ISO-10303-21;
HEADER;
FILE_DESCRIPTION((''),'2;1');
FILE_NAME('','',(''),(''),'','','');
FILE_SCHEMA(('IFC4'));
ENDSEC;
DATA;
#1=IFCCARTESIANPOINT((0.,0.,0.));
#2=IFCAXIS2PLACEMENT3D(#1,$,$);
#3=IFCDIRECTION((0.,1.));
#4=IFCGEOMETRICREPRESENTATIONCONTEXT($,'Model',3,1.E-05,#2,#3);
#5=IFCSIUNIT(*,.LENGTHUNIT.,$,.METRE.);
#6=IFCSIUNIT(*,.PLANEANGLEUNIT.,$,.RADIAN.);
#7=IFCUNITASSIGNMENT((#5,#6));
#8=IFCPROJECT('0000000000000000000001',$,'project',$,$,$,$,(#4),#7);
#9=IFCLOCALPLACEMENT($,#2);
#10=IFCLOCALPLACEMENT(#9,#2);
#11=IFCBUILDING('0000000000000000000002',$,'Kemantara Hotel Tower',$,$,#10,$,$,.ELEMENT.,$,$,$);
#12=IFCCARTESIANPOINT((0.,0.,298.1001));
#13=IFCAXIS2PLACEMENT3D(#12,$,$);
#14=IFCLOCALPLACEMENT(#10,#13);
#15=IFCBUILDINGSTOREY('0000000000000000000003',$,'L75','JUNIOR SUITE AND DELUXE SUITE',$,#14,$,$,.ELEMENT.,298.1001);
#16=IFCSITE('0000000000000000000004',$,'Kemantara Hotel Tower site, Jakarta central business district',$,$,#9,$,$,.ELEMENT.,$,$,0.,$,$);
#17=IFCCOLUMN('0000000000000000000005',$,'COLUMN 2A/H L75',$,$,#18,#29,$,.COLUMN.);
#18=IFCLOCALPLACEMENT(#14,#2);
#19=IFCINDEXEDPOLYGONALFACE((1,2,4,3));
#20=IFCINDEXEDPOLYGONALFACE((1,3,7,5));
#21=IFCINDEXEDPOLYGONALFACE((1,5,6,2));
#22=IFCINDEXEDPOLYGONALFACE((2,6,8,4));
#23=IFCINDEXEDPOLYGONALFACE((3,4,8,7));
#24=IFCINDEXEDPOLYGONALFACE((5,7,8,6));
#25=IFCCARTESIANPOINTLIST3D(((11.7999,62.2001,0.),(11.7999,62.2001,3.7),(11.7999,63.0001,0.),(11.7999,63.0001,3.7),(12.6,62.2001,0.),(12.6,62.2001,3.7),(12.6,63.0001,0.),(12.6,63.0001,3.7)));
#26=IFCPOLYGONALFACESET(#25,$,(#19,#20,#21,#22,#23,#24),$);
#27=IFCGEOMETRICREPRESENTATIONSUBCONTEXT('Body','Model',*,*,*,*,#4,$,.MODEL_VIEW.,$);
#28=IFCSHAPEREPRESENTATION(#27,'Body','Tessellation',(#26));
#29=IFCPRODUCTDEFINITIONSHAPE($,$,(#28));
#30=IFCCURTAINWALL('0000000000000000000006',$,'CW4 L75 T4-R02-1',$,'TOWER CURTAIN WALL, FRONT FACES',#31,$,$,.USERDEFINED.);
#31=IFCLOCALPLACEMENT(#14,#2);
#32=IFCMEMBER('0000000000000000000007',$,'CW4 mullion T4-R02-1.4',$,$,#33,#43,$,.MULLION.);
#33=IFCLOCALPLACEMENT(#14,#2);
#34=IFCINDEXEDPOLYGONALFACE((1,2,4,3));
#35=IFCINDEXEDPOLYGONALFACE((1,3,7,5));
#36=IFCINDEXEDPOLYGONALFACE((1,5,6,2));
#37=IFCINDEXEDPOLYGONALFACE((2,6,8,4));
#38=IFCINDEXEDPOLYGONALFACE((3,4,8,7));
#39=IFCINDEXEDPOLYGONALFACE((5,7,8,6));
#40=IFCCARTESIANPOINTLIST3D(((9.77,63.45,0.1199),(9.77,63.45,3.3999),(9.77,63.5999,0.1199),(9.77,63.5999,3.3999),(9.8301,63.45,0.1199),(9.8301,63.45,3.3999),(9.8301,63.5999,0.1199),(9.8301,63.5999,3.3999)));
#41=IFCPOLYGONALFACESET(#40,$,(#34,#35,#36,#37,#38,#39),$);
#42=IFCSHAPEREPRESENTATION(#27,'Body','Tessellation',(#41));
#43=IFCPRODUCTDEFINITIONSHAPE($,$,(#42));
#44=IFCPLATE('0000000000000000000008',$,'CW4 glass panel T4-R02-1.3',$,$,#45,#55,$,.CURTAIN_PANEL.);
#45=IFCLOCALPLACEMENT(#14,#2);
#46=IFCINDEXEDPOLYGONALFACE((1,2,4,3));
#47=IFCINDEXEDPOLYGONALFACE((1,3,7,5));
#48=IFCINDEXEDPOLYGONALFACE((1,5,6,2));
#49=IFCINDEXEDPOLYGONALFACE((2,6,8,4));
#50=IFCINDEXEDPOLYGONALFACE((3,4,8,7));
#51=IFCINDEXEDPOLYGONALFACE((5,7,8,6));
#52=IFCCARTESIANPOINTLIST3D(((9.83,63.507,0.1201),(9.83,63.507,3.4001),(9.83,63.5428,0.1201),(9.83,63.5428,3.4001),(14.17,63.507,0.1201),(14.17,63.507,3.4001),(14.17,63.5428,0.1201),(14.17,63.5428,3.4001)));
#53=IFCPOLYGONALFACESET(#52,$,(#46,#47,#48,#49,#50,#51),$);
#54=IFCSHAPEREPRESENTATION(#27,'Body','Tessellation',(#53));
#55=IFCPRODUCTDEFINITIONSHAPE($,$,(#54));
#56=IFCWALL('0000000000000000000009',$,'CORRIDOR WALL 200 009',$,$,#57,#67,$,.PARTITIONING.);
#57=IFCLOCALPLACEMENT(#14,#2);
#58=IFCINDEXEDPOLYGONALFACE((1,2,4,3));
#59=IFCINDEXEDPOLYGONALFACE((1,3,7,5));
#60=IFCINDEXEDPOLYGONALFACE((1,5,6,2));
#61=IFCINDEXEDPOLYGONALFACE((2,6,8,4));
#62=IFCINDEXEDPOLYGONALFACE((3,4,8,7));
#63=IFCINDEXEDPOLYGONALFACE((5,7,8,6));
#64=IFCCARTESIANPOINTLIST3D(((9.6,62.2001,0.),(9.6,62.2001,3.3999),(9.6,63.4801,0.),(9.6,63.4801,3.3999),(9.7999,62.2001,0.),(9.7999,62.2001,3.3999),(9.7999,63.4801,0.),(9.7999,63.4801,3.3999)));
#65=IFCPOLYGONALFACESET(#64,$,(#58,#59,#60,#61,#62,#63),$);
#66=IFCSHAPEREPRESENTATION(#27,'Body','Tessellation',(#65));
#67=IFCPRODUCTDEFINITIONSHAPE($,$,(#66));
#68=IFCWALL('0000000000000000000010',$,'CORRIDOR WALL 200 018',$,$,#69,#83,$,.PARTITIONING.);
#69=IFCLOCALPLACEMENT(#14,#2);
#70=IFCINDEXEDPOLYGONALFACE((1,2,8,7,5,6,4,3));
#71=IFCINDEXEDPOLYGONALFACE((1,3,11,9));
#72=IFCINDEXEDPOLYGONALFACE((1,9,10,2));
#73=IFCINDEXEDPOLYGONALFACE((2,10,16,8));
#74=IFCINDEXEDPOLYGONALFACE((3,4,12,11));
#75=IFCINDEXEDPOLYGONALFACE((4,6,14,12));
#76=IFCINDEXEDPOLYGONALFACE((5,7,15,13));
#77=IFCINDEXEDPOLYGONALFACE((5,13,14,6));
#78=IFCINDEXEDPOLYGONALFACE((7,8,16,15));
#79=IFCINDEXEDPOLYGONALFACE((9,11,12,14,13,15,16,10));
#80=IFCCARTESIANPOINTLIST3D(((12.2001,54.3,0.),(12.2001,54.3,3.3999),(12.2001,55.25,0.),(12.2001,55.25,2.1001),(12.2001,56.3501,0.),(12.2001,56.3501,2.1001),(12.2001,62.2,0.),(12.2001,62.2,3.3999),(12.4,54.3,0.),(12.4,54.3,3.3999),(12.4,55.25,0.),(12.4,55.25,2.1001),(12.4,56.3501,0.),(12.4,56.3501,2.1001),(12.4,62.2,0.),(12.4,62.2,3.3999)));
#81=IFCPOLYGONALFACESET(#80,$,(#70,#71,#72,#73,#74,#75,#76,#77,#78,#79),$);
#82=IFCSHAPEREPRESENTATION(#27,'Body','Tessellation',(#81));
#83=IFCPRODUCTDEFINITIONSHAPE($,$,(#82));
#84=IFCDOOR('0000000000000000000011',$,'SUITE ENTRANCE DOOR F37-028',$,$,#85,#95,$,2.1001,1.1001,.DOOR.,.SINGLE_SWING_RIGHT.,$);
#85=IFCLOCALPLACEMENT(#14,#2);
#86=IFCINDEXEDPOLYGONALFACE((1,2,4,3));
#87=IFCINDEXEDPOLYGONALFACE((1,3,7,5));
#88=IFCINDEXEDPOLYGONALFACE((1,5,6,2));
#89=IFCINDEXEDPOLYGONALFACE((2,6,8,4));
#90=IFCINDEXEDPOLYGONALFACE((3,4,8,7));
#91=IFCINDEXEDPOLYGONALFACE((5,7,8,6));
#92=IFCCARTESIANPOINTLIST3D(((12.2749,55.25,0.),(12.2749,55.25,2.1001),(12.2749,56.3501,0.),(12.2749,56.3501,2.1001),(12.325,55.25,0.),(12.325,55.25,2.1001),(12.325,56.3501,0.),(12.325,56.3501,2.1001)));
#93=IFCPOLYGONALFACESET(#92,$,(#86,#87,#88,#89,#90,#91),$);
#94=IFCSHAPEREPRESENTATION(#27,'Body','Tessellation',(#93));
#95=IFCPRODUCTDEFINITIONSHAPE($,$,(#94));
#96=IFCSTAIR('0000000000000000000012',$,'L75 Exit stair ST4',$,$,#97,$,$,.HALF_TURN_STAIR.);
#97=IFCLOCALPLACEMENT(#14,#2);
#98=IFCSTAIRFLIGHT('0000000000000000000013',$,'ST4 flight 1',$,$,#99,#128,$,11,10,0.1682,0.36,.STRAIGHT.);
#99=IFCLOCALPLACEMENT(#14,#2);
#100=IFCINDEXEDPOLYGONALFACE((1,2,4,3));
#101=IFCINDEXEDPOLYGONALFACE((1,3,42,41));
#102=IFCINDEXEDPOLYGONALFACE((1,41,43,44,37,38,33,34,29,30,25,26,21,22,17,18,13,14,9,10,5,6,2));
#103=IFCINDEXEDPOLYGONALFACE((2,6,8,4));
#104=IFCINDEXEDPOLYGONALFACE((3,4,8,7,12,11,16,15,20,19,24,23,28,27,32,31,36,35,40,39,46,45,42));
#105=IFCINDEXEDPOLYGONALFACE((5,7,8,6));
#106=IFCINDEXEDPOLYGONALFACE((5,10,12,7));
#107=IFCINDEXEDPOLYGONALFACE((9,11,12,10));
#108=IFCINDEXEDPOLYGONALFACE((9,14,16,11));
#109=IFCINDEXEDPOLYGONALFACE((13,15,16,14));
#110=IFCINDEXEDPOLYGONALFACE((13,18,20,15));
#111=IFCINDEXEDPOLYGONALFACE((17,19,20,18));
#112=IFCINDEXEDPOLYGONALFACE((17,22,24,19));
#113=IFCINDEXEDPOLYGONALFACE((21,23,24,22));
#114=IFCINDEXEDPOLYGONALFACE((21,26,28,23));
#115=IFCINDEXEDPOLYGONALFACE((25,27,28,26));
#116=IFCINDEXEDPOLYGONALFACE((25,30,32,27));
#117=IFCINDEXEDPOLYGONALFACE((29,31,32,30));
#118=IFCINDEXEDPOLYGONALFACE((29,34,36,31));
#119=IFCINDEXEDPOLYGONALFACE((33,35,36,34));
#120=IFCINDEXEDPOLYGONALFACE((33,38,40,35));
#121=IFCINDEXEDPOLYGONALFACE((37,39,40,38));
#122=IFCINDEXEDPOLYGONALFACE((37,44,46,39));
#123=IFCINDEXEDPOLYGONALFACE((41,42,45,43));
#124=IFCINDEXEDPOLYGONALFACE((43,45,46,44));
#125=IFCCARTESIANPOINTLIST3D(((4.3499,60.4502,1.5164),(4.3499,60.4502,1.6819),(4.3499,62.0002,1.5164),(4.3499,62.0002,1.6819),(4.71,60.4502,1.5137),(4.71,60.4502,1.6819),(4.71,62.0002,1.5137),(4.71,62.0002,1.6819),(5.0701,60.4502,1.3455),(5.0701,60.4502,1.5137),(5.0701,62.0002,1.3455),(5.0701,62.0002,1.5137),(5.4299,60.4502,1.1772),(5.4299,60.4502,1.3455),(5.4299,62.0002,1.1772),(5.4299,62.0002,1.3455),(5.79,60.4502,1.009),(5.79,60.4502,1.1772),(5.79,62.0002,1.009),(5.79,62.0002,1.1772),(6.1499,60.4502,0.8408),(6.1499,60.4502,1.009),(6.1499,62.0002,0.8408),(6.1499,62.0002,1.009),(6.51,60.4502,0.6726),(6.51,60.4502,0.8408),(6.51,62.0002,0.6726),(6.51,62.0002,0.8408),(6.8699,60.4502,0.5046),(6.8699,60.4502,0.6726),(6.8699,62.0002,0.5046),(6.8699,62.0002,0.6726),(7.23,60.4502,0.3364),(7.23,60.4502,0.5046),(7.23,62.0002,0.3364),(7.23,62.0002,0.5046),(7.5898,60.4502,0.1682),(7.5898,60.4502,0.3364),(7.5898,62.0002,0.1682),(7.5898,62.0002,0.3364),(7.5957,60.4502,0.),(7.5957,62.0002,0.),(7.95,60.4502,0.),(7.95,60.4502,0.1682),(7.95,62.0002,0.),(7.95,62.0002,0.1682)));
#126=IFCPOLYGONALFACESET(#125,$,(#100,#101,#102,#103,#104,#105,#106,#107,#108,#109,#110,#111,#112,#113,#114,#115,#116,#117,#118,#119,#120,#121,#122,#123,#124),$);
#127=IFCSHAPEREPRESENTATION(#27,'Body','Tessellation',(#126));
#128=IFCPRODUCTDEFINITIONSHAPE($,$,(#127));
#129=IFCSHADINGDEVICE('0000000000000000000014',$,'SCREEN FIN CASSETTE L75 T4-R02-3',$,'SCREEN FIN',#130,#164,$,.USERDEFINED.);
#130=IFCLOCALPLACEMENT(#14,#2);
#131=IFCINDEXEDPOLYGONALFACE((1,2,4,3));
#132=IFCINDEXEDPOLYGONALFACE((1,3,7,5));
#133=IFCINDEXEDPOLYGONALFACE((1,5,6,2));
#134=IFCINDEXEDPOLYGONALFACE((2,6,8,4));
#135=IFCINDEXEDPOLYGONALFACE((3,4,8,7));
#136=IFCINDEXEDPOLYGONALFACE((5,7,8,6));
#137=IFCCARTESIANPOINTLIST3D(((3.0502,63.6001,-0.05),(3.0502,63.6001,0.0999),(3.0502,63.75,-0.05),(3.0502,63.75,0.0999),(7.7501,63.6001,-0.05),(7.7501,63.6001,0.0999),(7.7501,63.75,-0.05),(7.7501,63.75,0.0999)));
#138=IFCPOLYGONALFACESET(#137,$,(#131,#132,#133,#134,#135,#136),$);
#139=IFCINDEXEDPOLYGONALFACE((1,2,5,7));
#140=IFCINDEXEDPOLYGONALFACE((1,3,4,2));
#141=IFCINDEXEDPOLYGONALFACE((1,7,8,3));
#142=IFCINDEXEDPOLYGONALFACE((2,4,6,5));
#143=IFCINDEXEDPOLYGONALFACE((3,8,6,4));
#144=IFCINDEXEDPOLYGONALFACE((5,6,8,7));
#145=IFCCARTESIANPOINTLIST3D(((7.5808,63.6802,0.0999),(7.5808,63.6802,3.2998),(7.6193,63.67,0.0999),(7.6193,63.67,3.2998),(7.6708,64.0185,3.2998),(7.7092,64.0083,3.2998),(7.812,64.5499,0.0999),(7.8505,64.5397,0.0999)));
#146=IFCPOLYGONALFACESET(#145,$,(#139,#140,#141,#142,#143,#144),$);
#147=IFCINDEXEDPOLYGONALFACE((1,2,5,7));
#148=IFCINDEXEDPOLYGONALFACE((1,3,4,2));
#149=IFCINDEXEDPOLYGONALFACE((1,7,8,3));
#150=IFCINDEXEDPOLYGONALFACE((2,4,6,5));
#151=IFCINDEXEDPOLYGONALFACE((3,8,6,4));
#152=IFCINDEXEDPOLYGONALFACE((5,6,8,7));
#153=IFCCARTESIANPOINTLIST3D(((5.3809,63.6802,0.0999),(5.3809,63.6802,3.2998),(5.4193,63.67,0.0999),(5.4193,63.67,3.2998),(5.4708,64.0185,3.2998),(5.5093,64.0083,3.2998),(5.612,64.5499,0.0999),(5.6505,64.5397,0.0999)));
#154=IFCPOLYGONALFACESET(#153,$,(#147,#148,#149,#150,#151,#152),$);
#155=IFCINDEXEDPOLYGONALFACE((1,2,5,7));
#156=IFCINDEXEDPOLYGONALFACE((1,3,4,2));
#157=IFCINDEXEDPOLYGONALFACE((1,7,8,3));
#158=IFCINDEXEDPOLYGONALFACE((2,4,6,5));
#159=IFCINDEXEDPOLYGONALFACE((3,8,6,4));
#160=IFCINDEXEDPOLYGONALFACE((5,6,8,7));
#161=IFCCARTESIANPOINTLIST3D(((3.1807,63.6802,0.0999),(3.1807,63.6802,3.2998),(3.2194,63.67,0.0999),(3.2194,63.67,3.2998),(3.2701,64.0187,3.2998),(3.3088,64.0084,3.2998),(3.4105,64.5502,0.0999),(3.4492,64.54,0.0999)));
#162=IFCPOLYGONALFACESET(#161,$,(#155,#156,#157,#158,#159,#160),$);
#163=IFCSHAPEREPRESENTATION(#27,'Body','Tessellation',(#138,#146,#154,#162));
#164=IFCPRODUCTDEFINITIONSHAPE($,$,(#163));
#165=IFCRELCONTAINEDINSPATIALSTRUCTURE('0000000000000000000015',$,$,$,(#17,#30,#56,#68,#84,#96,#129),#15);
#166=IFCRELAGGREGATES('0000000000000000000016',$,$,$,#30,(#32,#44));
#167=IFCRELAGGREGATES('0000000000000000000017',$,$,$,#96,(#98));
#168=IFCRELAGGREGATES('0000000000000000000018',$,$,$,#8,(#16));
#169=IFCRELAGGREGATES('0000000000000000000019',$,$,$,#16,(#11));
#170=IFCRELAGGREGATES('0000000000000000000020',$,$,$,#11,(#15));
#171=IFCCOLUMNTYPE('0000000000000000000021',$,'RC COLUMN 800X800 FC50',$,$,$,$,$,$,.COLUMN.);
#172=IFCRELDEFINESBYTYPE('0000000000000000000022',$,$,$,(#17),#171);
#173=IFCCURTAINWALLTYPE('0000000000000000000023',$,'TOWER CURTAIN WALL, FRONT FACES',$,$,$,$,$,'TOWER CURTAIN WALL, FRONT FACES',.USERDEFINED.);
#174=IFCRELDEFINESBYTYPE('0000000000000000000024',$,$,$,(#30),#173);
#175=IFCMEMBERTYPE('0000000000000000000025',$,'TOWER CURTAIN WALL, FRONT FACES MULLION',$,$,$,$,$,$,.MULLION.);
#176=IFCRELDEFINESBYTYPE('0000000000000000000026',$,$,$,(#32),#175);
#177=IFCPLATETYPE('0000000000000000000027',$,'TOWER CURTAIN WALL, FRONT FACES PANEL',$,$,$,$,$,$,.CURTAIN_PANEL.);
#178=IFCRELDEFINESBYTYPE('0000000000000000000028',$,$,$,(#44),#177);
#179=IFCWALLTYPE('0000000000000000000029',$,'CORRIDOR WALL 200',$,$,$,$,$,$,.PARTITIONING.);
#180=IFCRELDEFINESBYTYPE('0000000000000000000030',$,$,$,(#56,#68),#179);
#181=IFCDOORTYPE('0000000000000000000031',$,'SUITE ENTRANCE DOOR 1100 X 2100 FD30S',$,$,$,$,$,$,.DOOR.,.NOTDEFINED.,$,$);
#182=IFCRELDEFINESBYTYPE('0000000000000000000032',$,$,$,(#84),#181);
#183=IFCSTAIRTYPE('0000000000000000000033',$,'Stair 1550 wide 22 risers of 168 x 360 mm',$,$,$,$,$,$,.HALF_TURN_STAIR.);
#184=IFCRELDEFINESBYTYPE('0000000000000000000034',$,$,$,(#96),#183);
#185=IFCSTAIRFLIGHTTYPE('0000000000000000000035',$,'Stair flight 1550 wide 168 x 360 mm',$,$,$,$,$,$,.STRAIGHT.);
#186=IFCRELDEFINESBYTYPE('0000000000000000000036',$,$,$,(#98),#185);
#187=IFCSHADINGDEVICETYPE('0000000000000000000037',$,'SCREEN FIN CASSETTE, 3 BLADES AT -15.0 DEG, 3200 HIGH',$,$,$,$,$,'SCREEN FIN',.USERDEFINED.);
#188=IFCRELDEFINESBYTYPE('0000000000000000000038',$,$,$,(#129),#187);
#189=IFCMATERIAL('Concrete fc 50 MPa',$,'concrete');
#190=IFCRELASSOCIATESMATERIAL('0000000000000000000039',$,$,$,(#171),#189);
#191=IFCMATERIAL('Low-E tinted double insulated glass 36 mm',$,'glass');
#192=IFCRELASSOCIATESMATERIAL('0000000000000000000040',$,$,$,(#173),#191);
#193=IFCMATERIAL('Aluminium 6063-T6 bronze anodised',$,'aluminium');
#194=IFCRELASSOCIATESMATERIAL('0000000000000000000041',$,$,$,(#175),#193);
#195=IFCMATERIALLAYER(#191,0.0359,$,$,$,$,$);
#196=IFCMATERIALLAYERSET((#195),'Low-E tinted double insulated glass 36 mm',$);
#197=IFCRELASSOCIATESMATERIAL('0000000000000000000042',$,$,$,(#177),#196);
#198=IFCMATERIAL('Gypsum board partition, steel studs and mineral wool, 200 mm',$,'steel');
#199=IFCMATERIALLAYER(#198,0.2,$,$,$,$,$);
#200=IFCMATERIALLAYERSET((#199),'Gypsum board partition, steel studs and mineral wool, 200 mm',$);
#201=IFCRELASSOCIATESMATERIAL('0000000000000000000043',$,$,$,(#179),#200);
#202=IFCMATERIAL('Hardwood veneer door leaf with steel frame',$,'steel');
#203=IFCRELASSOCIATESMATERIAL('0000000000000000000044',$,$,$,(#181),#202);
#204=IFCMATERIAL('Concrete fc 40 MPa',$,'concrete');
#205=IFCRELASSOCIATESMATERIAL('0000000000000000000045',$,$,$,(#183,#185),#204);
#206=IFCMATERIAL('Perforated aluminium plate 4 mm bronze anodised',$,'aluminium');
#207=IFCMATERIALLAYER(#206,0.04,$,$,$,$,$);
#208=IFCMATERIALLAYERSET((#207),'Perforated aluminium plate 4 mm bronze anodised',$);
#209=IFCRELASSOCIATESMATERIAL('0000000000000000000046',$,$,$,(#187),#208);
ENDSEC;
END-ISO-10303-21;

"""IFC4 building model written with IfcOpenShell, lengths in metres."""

from ifc_helpers import new_model, si_unit, direction, frame, frame_2d, origin, origin_2d, place, context, subcontext, project, spatial, polyline, rectangle, outline, extrude, source, transform, mapped, material, layer, layer_set, material_profile, profile_set, type_object, element, fill, aggregate, save


model = new_model("IFC4")

# Units and contexts
model_context = context("Model", 3, precision=1e-05, world=origin(), true_north=direction((0.0, 1.0)))
body_context = subcontext(model_context, "Body", "Model", "MODEL_VIEW")
ifc_project = project(units=[si_unit("LENGTHUNIT", "METRE"), si_unit("PLANEANGLEUNIT", "RADIAN")], contexts=[model_context])

# Site, building, storey
site_placement = place(None, origin())
site = spatial("IfcSite", under=ifc_project, at=site_placement, Name="Kemantara Hotel Tower site, Jakarta central business district", CompositionType="ELEMENT", RefElevation=0.0)
building_placement = place(site_placement, origin())
building = spatial("IfcBuilding", under=site, at=building_placement, Name="Kemantara Hotel Tower", CompositionType="ELEMENT")
storey_placement = place(building_placement, frame((0.0, 0.0, 298.1001)))
storey = spatial("IfcBuildingStorey", under=building, at=storey_placement, Name="L75", Description="JUNIOR SUITE AND DELUXE SUITE", CompositionType="ELEMENT", Elevation=298.1001)

# Column
ifc_material_1 = material(Name="Concrete fc 50 MPa", Category="concrete")
ifc_material_profile_1 = material_profile(ifc_material_1, rectangle(XDim=0.8, YDim=0.8, at=origin_2d()), Name="RC 800X800")
ifc_profile_set_1 = profile_set([ifc_material_profile_1], Name="Concrete fc 50 MPa")
column_type = type_object("IfcColumnType", Name="RC COLUMN 800X800 FC50", PredefinedType="COLUMN", material=ifc_profile_set_1)
column_placement = place(storey_placement, frame((12.2, 62.6001, 0.0), z_axis=(0.0, 0.0, 1.0), x_axis=(1.0, 0.0, 0.0)))
element("IfcColumn", 1, at=column_placement, inside=storey, type_object=column_type, Name="COLUMN 2A/H L75", PredefinedType="COLUMN", context=body_context, shape_type="SweptSolid", body=[
    extrude(rectangle(XDim=0.8, YDim=0.8, at=origin_2d()), origin(), (0.0, 0.0, 1.0), 3.7),
])

# Curtain wall, member, plate
ifc_material_2 = material(Name="Low-E tinted double insulated glass 36 mm", Category="glass")
curtain_wall_type = type_object("IfcCurtainWallType", Name="TOWER CURTAIN WALL, FRONT FACES", ElementType="TOWER CURTAIN WALL, FRONT FACES", PredefinedType="USERDEFINED", material=ifc_material_2)
curtain_wall_placement = place(storey_placement, origin())
curtain_wall = element("IfcCurtainWall", 2, at=curtain_wall_placement, inside=storey, type_object=curtain_wall_type, Name="CW4 L75 T4-R02-1", ObjectType="TOWER CURTAIN WALL, FRONT FACES", PredefinedType="USERDEFINED")
ifc_material_3 = material(Name="Aluminium 6063-T6 bronze anodised", Category="aluminium")
ifc_material_profile_2 = material_profile(ifc_material_3, rectangle(XDim=0.1499, YDim=0.0601, at=origin_2d()), Name="TOWER CURTAIN WALL, FRONT FACES MULLION")
ifc_profile_set_2 = profile_set([ifc_material_profile_2], Name="Aluminium 6063-T6 bronze anodised")
member_type = type_object("IfcMemberType", Name="TOWER CURTAIN WALL, FRONT FACES MULLION", PredefinedType="MULLION", material=ifc_profile_set_2)
shared_shape_1 = source(origin(), body_context, "Body", "SweptSolid", [
    extrude(rectangle(XDim=0.1499, YDim=0.0601, at=origin_2d()), origin(), (0.0, 0.0, 1.0), 3.28),
])
member_placement = place(storey_placement, frame((9.8, 63.5249, 0.1199), z_axis=(0.0, 0.0, 1.0), x_axis=(0.0, -1.0, 0.0)))
member = element("IfcMember", 3, at=member_placement, type_object=member_type, Name="CW4 mullion T4-R02-1.4", PredefinedType="MULLION", context=body_context, shape_type="MappedRepresentation", body=[
    mapped(shared_shape_1, transform((0.0, 0.0, 0.0))),
])
ifc_layer_1 = layer(ifc_material_2, 0.0359)
ifc_layer_set_1 = layer_set([ifc_layer_1], Name="Low-E tinted double insulated glass 36 mm")
plate_type = type_object("IfcPlateType", Name="TOWER CURTAIN WALL, FRONT FACES PANEL", PredefinedType="CURTAIN_PANEL", material=ifc_layer_set_1)
shared_shape_2 = source(origin(), body_context, "Body", "SweptSolid", [
    extrude(rectangle(XDim=4.3401, YDim=0.0359, at=origin_2d()), origin(), (0.0, 0.0, 1.0), 3.28),
])
plate_placement = place(storey_placement, frame((12.0, 63.5249, 0.1201), z_axis=(0.0, 0.0, 1.0), x_axis=(-1.0, 0.0, 0.0)))
plate = element("IfcPlate", 4, at=plate_placement, type_object=plate_type, Name="CW4 glass panel T4-R02-1.3", PredefinedType="CURTAIN_PANEL", context=body_context, shape_type="MappedRepresentation", body=[
    mapped(shared_shape_2, transform((0.0, 0.0, 0.0))),
])
aggregate(curtain_wall, [member, plate])

# Wall
ifc_material_4 = material(Name="Gypsum board partition, steel studs and mineral wool, 200 mm", Category="steel")
ifc_layer_2 = layer(ifc_material_4, 0.2)
ifc_layer_set_2 = layer_set([ifc_layer_2], Name="Gypsum board partition, steel studs and mineral wool, 200 mm")
wall_type = type_object("IfcWallType", Name="CORRIDOR WALL 200", PredefinedType="PARTITIONING", material=ifc_layer_set_2)
wall_1_placement = place(storey_placement, frame((9.7, 62.2, 0.0), z_axis=(0.0, 0.0, 1.0), x_axis=(0.0, 1.0, 0.0)))
element("IfcWall", 5, at=wall_1_placement, inside=storey, type_object=wall_type, Name="CORRIDOR WALL 200 009", PredefinedType="PARTITIONING", context=body_context, shape_type="SweptSolid", body=[
    extrude(rectangle(XDim=1.28, YDim=0.2, at=frame_2d((0.6401, 0.0))), origin(), (0.0, 0.0, 1.0), 3.3999),
])

# Wall, opening, door
wall_2_placement = place(storey_placement, frame((12.3, 62.2, 0.0), z_axis=(0.0, 0.0, 1.0), x_axis=(0.0, -1.0, 0.0)))
wall_2 = element("IfcWall", 6, at=wall_2_placement, inside=storey, type_object=wall_type, Name="CORRIDOR WALL 200 018", PredefinedType="PARTITIONING", context=body_context, shape_type="SweptSolid", body=[
    extrude(rectangle(XDim=7.8999, YDim=0.2, at=frame_2d((3.95, 0.0))), origin(), (0.0, 0.0, 1.0), 3.3999),
])
opening_placement = place(wall_2_placement, frame((5.8499, 0.0, 0.0)))
opening = element("IfcOpeningElement", 7, at=opening_placement, cuts=wall_2, PredefinedType="OPENING", context=body_context, shape_type="SweptSolid", body=[
    extrude(rectangle(XDim=1.1001, YDim=2.1001, at=frame_2d((0.55, 1.05))), frame((0.0, 0.1099, 0.0), z_axis=(0.0, -1.0, 0.0), x_axis=(1.0, 0.0, 0.0)), (0.0, 0.0, 1.0), 0.22),
])
ifc_material_5 = material(Name="Hardwood veneer door leaf with steel frame", Category="steel")
door_type = type_object("IfcDoorType", Name="SUITE ENTRANCE DOOR 1100 X 2100 FD30S", OperationType="NOTDEFINED", PredefinedType="DOOR", material=ifc_material_5)
door_placement = place(opening_placement, origin())
door = element("IfcDoor", 8, at=door_placement, inside=storey, type_object=door_type, Name="SUITE ENTRANCE DOOR F37-028", OperationType="SINGLE_SWING_RIGHT", OverallHeight=2.1001, OverallWidth=1.1001, PredefinedType="DOOR", context=body_context, shape_type="SweptSolid", body=[
    extrude(rectangle(XDim=1.1001, YDim=2.1001, at=frame_2d((0.55, 1.05))), frame((0.0, 0.0249, 0.0), z_axis=(0.0, -1.0, 0.0), x_axis=(1.0, 0.0, 0.0)), (0.0, 0.0, 1.0), 0.05),
])
fill(opening, door)

# Stair, stair flight
ifc_material_6 = material(Name="Concrete fc 40 MPa", Category="concrete")
stair_type = type_object("IfcStairType", Name="Stair 1550 wide 22 risers of 168 x 360 mm", PredefinedType="HALF_TURN_STAIR", material=ifc_material_6)
stair_placement = place(storey_placement, origin())
stair = element("IfcStair", 9, at=stair_placement, inside=storey, type_object=stair_type, Name="L75 Exit stair ST4", PredefinedType="HALF_TURN_STAIR")
stair_flight_type = type_object("IfcStairFlightType", Name="Stair flight 1550 wide 168 x 360 mm", PredefinedType="STRAIGHT", material=ifc_material_6)
stair_flight_placement = place(storey_placement, frame((7.95, 61.2251, 0.0), z_axis=(0.0, 0.0, 1.0), x_axis=(-1.0, 0.0, 0.0)))
stair_flight = element("IfcStairFlight", 10, at=stair_flight_placement, type_object=stair_flight_type, Name="ST4 flight 1", NumberOfRisers=11, NumberOfTreads=10, PredefinedType="STRAIGHT", RiserHeight=0.1682, TreadLength=0.36, context=body_context, shape_type="SweptSolid", body=[
    extrude(outline(polyline([(0.0, 0.0), (0.0, 0.1682), (0.3601, 0.1682), (0.3601, 0.3364), (0.72, 0.3364), (0.72, 0.5046), (1.0801, 0.5046), (1.0801, 0.6726), (1.4399, 0.6726), (1.4399, 0.8408), (1.8, 0.8408), (1.8, 1.009), (2.1599, 1.009), (2.1599, 1.1772), (2.52, 1.1772), (2.52, 1.3455), (2.8799, 1.3455), (2.8799, 1.5137), (3.24, 1.5137), (3.24, 1.6819), (3.6001, 1.6819), (3.6001, 1.8501), (3.6001, 1.5164), (0.3542, 0.0), (0.0, 0.0)])), frame((0.0, 0.7749, 0.0), z_axis=(0.0, -1.0, 0.0), x_axis=(1.0, 0.0, 0.0)), (0.0, 0.0, 1.0), 1.55),
])
aggregate(stair, [stair_flight])

# Shading device
ifc_material_7 = material(Name="Perforated aluminium plate 4 mm bronze anodised", Category="aluminium")
ifc_layer_3 = layer(ifc_material_7, 0.04)
ifc_layer_set_3 = layer_set([ifc_layer_3], Name="Perforated aluminium plate 4 mm bronze anodised")
shading_device_type = type_object("IfcShadingDeviceType", Name="SCREEN FIN CASSETTE, 3 BLADES AT -15.0 DEG, 3200 HIGH", ElementType="SCREEN FIN", PredefinedType="USERDEFINED", material=ifc_layer_set_3)
shared_shape_3 = source(origin(), body_context, "Body", "SweptSolid", [
    extrude(rectangle(XDim=4.7, YDim=0.1499, at=origin_2d()), frame((2.2, -0.075, -0.1499), z_axis=(0.0, 0.0, 1.0), x_axis=(1.0, 0.0, 0.0)), (0.0, 0.0, 1.0), 0.1499),
    extrude(outline(polyline([(0.0, 0.0), (0.8999, 0.0), (0.3501, 3.2), (0.0, 3.2), (0.0, 0.0)])), frame((0.0193, -0.0801, 0.0), z_axis=(-0.966438, 0.256901, 0.0), x_axis=(-0.256901, -0.966438, 0.0)), (0.0, 0.0, 1.0), 0.0398),
    extrude(outline(polyline([(0.0, 0.0), (0.8999, 0.0), (0.3501, 3.2), (0.0, 3.2), (0.0, 0.0)])), frame((2.2192, -0.0801, 0.0), z_axis=(-0.966438, 0.256901, 0.0), x_axis=(-0.256901, -0.966438, 0.0)), (0.0, 0.0, 1.0), 0.0398),
    extrude(outline(polyline([(0.0, 0.0), (0.8999, 0.0), (0.3501, 3.2), (0.0, 3.2), (0.0, 0.0)])), frame((4.4194, -0.0801, 0.0), z_axis=(-0.966838, 0.255391, 0.0), x_axis=(-0.255391, -0.966838, 0.0)), (0.0, 0.0, 1.0), 0.04),
])
shading_device_placement = place(storey_placement, frame((7.6001, 63.6001, 0.0999), z_axis=(0.0, 0.0, 1.0), x_axis=(-1.0, 0.0, 0.0)))
element("IfcShadingDevice", 11, at=shading_device_placement, inside=storey, type_object=shading_device_type, Name="SCREEN FIN CASSETTE L75 T4-R02-3", ObjectType="SCREEN FIN", PredefinedType="USERDEFINED", context=body_context, shape_type="MappedRepresentation", body=[
    mapped(shared_shape_3, transform((0.0, 0.0, 0.0))),
])

save(model, "model.ifc")
